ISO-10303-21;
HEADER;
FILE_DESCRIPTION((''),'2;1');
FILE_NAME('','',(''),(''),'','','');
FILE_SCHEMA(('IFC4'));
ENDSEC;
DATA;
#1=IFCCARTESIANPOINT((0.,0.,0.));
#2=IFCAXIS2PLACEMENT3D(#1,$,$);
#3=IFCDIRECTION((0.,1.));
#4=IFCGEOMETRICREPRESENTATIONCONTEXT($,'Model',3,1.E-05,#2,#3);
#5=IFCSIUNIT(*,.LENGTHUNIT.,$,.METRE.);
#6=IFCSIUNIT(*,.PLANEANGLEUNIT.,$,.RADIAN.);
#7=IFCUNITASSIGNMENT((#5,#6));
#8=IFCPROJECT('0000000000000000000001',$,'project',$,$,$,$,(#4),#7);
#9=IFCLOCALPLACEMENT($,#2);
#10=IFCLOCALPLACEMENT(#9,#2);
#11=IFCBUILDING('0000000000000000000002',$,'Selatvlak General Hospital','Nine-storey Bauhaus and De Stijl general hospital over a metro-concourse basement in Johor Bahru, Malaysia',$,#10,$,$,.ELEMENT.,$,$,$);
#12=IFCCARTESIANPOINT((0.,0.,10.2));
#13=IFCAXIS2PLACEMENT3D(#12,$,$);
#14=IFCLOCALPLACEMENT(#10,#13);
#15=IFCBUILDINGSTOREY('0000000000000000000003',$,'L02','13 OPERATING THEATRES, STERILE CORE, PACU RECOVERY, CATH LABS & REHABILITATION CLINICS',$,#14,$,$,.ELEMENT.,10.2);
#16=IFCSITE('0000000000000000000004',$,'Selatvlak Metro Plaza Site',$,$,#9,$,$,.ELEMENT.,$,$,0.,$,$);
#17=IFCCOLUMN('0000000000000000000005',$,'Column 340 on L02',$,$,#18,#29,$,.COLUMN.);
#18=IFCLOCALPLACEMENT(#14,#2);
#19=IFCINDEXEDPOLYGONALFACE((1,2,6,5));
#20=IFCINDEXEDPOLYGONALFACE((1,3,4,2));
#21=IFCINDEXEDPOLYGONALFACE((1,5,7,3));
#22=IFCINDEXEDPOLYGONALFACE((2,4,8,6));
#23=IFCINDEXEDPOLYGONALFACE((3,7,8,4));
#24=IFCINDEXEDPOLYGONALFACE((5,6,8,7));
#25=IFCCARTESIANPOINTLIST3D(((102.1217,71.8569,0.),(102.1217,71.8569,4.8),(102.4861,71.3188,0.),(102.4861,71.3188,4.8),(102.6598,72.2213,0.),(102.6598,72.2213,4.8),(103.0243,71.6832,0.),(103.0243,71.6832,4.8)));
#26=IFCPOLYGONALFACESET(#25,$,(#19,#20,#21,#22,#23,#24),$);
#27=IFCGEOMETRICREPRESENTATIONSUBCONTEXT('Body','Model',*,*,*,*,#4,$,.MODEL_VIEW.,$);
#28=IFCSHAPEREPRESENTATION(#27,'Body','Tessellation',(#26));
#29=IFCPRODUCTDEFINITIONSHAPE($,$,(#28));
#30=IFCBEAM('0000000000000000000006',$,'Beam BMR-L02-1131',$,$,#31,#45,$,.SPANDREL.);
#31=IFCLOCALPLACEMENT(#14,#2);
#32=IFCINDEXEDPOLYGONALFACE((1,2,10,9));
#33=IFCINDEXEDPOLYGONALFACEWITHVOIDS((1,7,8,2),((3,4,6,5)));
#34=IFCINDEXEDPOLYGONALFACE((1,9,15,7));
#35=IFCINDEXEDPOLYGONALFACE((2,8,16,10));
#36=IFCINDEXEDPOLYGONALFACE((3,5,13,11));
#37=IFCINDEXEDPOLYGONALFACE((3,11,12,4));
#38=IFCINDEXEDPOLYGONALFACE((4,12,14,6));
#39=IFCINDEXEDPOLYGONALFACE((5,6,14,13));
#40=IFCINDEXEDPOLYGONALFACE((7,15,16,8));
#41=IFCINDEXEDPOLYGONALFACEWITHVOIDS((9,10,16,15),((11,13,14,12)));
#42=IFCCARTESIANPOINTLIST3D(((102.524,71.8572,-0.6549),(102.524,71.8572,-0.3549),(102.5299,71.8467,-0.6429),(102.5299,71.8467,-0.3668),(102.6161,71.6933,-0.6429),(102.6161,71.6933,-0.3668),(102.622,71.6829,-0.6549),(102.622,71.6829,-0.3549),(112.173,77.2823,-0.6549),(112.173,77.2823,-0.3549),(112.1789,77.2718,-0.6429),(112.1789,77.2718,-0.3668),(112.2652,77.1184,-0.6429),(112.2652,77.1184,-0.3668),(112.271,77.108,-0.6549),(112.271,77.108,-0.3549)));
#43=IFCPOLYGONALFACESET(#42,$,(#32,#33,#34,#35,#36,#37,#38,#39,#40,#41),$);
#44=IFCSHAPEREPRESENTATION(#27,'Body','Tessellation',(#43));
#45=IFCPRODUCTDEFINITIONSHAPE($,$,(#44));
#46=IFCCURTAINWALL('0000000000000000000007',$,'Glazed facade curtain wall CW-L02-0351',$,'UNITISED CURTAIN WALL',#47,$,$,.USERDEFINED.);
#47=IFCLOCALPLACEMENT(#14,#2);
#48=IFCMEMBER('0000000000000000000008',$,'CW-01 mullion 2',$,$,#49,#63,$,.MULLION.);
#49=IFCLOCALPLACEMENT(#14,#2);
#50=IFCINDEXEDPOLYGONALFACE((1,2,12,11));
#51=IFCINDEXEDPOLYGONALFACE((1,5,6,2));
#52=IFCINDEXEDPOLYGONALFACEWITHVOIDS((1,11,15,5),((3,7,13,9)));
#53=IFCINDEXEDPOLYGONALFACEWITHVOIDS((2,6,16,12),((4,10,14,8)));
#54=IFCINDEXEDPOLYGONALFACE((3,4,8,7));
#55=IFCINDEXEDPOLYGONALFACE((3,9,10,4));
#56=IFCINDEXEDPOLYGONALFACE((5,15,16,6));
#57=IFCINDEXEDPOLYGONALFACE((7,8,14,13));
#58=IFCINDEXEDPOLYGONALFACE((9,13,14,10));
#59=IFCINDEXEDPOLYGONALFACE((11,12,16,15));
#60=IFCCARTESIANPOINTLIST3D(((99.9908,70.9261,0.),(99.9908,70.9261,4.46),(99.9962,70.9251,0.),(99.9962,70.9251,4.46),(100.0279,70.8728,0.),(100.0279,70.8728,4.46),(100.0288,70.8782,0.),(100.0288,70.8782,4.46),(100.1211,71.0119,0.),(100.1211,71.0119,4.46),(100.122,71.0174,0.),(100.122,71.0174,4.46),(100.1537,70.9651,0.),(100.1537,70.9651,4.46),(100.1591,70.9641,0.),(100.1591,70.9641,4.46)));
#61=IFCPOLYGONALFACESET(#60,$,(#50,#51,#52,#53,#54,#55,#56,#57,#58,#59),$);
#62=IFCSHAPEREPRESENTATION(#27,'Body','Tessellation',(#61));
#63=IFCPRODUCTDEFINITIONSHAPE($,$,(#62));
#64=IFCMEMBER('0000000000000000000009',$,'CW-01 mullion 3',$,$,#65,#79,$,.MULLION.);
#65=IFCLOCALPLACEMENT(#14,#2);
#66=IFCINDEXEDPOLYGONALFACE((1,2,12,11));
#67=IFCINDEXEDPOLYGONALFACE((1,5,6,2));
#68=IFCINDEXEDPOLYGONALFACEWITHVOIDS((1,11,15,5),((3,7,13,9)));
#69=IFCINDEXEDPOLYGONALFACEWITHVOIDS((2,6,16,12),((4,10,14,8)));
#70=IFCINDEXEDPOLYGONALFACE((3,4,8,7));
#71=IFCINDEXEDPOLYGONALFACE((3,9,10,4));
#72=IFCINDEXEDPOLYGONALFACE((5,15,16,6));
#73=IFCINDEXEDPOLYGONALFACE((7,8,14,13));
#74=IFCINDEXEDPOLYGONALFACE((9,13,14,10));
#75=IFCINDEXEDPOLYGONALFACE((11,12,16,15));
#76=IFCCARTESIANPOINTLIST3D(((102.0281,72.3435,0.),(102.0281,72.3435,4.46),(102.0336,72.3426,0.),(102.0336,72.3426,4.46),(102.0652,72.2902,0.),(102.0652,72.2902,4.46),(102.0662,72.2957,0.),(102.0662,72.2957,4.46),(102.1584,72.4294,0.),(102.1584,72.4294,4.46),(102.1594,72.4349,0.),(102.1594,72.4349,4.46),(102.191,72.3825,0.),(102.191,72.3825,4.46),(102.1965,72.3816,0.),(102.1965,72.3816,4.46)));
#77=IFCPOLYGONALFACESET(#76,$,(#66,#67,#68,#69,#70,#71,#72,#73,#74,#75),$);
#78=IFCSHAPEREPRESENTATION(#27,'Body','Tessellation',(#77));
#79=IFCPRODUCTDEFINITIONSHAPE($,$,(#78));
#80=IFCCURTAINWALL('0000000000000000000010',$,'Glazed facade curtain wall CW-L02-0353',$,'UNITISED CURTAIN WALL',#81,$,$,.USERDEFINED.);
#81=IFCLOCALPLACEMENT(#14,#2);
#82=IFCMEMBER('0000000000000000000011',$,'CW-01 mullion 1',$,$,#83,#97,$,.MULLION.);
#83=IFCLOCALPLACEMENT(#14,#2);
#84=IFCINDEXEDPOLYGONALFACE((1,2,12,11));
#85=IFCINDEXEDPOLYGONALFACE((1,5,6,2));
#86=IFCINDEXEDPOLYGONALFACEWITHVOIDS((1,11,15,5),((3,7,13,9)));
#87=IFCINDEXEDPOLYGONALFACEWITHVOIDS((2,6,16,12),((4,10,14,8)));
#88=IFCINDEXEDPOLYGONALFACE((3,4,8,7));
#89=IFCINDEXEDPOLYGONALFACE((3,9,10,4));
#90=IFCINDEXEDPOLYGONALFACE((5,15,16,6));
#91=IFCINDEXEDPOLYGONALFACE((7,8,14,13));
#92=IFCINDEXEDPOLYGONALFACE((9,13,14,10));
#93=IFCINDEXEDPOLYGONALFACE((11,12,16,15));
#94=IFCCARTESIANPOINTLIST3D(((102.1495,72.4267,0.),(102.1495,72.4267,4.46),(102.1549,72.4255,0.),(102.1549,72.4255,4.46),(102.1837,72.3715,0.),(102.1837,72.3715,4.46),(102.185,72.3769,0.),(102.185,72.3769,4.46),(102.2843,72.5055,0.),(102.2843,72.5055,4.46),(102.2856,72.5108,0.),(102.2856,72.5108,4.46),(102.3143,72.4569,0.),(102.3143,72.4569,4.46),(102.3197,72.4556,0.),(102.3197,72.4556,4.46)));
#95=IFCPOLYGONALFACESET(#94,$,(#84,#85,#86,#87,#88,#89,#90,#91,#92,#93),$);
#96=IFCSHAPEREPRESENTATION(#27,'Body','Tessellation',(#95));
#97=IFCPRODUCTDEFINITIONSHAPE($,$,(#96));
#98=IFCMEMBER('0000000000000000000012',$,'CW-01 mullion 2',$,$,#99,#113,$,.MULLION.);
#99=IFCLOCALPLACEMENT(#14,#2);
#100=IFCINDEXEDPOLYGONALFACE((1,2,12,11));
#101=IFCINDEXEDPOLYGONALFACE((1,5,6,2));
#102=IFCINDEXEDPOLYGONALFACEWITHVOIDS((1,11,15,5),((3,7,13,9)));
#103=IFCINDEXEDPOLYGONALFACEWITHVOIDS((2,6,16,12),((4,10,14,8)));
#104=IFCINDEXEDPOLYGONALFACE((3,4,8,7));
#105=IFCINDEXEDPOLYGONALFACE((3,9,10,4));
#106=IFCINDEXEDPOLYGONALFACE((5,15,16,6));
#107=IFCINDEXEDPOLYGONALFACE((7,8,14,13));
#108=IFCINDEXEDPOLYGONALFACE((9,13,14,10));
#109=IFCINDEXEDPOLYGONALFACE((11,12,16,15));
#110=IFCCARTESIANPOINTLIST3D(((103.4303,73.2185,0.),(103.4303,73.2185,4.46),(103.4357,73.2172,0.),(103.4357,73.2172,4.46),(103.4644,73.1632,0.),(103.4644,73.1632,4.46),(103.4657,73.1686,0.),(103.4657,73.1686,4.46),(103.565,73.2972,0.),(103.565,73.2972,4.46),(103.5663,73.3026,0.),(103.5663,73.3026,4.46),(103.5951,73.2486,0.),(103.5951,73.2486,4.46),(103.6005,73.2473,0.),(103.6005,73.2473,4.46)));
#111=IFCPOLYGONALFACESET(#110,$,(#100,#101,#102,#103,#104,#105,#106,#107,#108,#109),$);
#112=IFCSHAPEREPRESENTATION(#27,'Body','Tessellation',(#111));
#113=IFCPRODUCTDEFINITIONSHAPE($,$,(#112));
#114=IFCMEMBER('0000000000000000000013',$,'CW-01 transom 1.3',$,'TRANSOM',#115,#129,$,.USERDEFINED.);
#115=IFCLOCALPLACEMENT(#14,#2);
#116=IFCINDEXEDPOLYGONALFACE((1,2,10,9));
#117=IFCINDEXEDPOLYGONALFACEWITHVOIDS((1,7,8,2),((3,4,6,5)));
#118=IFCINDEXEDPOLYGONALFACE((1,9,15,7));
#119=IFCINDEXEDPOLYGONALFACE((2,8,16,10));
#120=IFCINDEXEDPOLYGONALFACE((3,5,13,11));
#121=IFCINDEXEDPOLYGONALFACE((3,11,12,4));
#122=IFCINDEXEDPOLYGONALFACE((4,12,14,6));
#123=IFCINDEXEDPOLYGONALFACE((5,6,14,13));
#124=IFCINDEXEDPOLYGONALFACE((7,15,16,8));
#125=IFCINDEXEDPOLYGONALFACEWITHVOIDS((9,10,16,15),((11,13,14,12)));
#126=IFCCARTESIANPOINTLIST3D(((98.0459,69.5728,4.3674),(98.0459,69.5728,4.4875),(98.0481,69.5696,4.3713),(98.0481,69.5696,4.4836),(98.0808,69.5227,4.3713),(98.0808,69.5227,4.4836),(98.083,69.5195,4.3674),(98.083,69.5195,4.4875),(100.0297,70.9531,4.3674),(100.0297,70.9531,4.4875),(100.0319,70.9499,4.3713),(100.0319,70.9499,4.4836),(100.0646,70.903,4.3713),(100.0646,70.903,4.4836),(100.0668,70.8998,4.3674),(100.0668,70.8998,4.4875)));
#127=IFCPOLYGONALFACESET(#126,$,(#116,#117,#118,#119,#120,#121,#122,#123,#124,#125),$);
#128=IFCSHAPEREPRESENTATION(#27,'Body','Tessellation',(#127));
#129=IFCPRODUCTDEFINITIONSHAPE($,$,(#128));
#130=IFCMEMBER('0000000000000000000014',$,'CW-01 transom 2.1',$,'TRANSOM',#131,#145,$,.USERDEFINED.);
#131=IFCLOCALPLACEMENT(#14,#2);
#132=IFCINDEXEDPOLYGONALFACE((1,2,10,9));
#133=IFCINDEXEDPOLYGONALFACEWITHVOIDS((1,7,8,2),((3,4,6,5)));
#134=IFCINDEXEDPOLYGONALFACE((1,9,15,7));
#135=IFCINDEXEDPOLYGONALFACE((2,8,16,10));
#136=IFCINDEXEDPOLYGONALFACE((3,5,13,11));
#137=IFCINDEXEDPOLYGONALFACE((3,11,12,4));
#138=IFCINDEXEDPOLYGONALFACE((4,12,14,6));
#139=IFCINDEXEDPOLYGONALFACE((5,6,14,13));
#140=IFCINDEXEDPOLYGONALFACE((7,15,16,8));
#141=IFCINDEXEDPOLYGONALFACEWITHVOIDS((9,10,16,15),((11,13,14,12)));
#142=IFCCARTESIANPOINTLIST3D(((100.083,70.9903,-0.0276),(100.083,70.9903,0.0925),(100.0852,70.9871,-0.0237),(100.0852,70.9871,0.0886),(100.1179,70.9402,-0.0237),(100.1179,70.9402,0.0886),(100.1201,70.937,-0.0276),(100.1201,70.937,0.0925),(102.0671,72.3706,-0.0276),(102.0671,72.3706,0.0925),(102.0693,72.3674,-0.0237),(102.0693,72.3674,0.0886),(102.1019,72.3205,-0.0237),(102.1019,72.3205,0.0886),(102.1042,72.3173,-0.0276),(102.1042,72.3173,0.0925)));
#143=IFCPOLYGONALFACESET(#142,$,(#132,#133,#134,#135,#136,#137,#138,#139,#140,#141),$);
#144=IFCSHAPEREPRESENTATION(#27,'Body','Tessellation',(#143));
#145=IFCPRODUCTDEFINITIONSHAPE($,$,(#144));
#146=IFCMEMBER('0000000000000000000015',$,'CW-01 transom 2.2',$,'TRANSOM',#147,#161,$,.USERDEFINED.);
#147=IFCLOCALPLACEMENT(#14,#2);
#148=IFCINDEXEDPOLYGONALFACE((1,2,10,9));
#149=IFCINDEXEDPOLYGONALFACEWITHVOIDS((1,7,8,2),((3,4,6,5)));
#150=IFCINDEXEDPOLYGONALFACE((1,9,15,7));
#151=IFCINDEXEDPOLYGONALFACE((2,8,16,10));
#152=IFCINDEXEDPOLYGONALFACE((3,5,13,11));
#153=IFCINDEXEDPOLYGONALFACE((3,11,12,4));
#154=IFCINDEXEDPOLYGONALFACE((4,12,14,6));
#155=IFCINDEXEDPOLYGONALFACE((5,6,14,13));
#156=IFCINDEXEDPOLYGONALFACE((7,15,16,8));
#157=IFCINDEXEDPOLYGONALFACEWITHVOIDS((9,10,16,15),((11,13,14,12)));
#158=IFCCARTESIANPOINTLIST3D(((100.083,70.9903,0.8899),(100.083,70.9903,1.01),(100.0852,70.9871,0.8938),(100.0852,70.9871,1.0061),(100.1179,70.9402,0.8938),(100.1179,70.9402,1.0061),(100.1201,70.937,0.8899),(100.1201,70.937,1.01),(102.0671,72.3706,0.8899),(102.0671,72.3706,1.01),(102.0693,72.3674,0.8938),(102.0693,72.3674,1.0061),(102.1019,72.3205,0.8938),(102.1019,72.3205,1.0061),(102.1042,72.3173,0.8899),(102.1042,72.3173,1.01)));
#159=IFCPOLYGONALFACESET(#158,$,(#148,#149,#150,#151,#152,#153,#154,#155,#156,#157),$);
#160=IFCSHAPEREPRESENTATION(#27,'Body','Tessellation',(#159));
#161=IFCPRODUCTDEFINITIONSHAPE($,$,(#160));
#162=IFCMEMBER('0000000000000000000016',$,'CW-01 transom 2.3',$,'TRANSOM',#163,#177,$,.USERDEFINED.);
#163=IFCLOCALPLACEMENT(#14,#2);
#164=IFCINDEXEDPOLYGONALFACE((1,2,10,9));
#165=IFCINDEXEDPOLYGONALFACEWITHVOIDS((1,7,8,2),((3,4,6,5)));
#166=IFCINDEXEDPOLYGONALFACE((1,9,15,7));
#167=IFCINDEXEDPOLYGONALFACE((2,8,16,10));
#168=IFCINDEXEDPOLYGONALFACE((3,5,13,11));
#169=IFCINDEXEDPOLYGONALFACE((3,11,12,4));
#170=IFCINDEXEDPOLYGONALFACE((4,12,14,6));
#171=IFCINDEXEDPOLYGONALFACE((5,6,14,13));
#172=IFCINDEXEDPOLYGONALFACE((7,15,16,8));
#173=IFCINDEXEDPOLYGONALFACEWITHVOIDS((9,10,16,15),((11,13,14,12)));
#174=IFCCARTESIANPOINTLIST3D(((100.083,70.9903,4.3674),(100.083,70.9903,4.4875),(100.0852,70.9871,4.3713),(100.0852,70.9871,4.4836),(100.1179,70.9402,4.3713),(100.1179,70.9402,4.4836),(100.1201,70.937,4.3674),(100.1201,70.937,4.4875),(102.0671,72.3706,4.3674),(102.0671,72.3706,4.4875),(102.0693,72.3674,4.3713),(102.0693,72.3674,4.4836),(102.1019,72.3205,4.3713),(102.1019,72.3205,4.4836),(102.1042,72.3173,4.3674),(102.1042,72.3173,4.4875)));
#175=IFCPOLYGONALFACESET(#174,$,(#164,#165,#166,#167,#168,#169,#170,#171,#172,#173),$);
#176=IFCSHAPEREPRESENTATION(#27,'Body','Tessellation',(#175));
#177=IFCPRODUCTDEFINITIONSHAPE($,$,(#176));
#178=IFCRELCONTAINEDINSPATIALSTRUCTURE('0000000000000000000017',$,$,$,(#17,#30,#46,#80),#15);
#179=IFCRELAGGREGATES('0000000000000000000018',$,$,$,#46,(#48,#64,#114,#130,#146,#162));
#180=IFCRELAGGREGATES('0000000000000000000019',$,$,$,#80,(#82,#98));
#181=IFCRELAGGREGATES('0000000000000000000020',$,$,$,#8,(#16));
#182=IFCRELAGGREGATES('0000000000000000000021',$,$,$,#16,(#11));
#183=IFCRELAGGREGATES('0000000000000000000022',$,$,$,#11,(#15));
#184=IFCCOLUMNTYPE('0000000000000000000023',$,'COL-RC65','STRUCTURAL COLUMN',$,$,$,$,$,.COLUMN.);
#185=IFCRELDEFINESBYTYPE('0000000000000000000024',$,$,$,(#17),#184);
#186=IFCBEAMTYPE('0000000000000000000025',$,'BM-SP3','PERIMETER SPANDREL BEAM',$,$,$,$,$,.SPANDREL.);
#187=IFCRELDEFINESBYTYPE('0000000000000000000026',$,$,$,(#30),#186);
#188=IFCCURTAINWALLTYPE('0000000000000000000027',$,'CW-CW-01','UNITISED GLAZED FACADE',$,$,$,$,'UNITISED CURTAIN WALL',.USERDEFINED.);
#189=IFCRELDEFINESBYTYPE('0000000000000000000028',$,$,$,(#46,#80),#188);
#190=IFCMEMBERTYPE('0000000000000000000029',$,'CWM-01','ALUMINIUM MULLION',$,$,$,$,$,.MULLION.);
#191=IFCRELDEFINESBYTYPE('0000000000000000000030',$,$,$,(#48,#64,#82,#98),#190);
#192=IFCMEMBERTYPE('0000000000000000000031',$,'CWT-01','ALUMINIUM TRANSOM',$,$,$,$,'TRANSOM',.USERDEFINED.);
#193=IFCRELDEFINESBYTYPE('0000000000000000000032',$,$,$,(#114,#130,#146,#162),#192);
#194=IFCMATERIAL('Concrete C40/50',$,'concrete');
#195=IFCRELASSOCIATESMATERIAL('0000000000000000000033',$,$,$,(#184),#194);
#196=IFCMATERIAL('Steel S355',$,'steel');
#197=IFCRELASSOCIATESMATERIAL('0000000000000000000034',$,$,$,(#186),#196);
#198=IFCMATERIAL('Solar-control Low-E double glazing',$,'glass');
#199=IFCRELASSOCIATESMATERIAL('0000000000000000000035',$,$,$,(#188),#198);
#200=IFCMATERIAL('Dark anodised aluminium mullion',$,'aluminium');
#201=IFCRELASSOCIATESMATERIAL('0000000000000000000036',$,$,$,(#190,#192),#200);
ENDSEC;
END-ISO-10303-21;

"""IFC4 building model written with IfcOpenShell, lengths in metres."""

from ifc_helpers import new_model, si_unit, direction, frame, origin, origin_2d, place, context, subcontext, project, spatial, rectangle, hollow_rectangle, extrude, material, material_profile, profile_set, type_object, element, aggregate, save


model = new_model("IFC4")

# Units and contexts
model_context = context("Model", 3, precision=1e-05, world=origin(), true_north=direction((0.0, 1.0)))
body_context = subcontext(model_context, "Body", "Model", "MODEL_VIEW")
ifc_project = project(units=[si_unit("LENGTHUNIT", "METRE"), si_unit("PLANEANGLEUNIT", "RADIAN")], contexts=[model_context])

# Site, building, storey
site_placement = place(None, origin())
site = spatial("IfcSite", under=ifc_project, at=site_placement, Name="Selatvlak Metro Plaza Site", CompositionType="ELEMENT", RefElevation=0.0)
building_placement = place(site_placement, origin())
building = spatial("IfcBuilding", under=site, at=building_placement, Name="Selatvlak General Hospital", Description="Nine-storey Bauhaus and De Stijl general hospital over a metro-concourse basement in Johor Bahru, Malaysia", CompositionType="ELEMENT")
storey_placement = place(building_placement, frame((0.0, 0.0, 10.2)))
storey = spatial("IfcBuildingStorey", under=building, at=storey_placement, Name="L02", Description="13 OPERATING THEATRES, STERILE CORE, PACU RECOVERY, CATH LABS & REHABILITATION CLINICS", CompositionType="ELEMENT", Elevation=10.2)

# Column
ifc_material_1 = material(Name="Concrete C40/50", Category="concrete")
ifc_material_profile_1 = material_profile(ifc_material_1, rectangle(XDim=0.6499, YDim=0.6499, at=origin_2d()), Name="RC-COL 650x650")
ifc_profile_set_1 = profile_set([ifc_material_profile_1], Name="Concrete C40/50")
column_type = type_object("IfcColumnType", Name="COL-RC65", Description="STRUCTURAL COLUMN", PredefinedType="COLUMN", material=ifc_profile_set_1)
column_placement = place(storey_placement, frame((102.573, 71.77, 0.0), z_axis=(0.0, 0.0, 1.0), x_axis=(-0.560726, 0.828002, 0.0)))
element("IfcColumn", 1, at=column_placement, inside=storey, type_object=column_type, Name="Column 340 on L02", PredefinedType="COLUMN", context=body_context, shape_type="SweptSolid", body=[
    extrude(rectangle(XDim=0.6499, YDim=0.6499, at=origin_2d()), origin(), (0.0, 0.0, 1.0), 4.8),
])

# Beam
ifc_material_2 = material(Name="Steel S355", Category="steel")
ifc_material_profile_2 = material_profile(ifc_material_2, hollow_rectangle(XDim=0.2, YDim=0.3, WallThickness=0.012, at=origin_2d()), Name="RHS 300x200x12")
ifc_profile_set_2 = profile_set([ifc_material_profile_2], Name="Steel S355")
beam_type = type_object("IfcBeamType", Name="BM-SP3", Description="PERIMETER SPANDREL BEAM", PredefinedType="SPANDREL", material=ifc_profile_set_2)
beam_placement = place(storey_placement, frame((102.573, 71.77, -0.5049), z_axis=(0.871671, 0.490092, 0.0), x_axis=(-0.490092, 0.871671, 0.0)))
element("IfcBeam", 2, at=beam_placement, inside=storey, type_object=beam_type, Name="Beam BMR-L02-1131", PredefinedType="SPANDREL", context=body_context, shape_type="SweptSolid", body=[
    extrude(hollow_rectangle(XDim=0.2, YDim=0.3, WallThickness=0.012, at=origin_2d()), origin(), (0.0, 0.0, 1.0), 11.0696),
])

# Curtain walls, members
ifc_material_3 = material(Name="Solar-control Low-E double glazing", Category="glass")
curtain_wall_type = type_object("IfcCurtainWallType", Name="CW-CW-01", Description="UNITISED GLAZED FACADE", ElementType="UNITISED CURTAIN WALL", PredefinedType="USERDEFINED", material=ifc_material_3)
curtain_wall_1_placement = place(storey_placement, origin())
curtain_wall_1 = element("IfcCurtainWall", 3, at=curtain_wall_1_placement, inside=storey, type_object=curtain_wall_type, Name="Glazed facade curtain wall CW-L02-0351", ObjectType="UNITISED CURTAIN WALL", PredefinedType="USERDEFINED")
ifc_material_4 = material(Name="Dark anodised aluminium mullion", Category="aluminium")
ifc_material_profile_3 = material_profile(ifc_material_4, hollow_rectangle(XDim=0.0649, YDim=0.1599, WallThickness=0.0039, at=origin_2d()), Name="AL-MUL 65x160x4")
ifc_profile_set_3 = profile_set([ifc_material_profile_3], Name="Dark anodised aluminium mullion")
member_type_1 = type_object("IfcMemberType", Name="CWM-01", Description="ALUMINIUM MULLION", PredefinedType="MULLION", material=ifc_profile_set_3)
member_1_placement = place(storey_placement, frame((100.075, 70.9451, 0.0), z_axis=(0.0, 0.0, 1.0), x_axis=(-0.571111, 0.820873, 0.0)))
member_1 = element("IfcMember", 4, at=member_1_placement, type_object=member_type_1, Name="CW-01 mullion 2", PredefinedType="MULLION", context=body_context, shape_type="SweptSolid", body=[
    extrude(hollow_rectangle(XDim=0.0649, YDim=0.1599, WallThickness=0.0039, at=origin_2d()), origin(), (0.0, 0.0, 1.0), 4.46),
])
member_2_placement = place(storey_placement, frame((102.1123, 72.3625, 0.0), z_axis=(0.0, 0.0, 1.0), x_axis=(-0.571111, 0.820873, 0.0)))
member_2 = element("IfcMember", 5, at=member_2_placement, type_object=member_type_1, Name="CW-01 mullion 3", PredefinedType="MULLION", context=body_context, shape_type="SweptSolid", body=[
    extrude(hollow_rectangle(XDim=0.0649, YDim=0.1599, WallThickness=0.0039, at=origin_2d()), origin(), (0.0, 0.0, 1.0), 4.46),
])
curtain_wall_2_placement = place(storey_placement, origin())
curtain_wall_2 = element("IfcCurtainWall", 6, at=curtain_wall_2_placement, inside=storey, type_object=curtain_wall_type, Name="Glazed facade curtain wall CW-L02-0353", ObjectType="UNITISED CURTAIN WALL", PredefinedType="USERDEFINED")
member_3_placement = place(storey_placement, frame((102.2346, 72.4412, 0.0), z_axis=(0.0, 0.0, 1.0), x_axis=(-0.525872, 0.850564, 0.0)))
member_3 = element("IfcMember", 7, at=member_3_placement, type_object=member_type_1, Name="CW-01 mullion 1", PredefinedType="MULLION", context=body_context, shape_type="SweptSolid", body=[
    extrude(hollow_rectangle(XDim=0.0649, YDim=0.1599, WallThickness=0.0039, at=origin_2d()), origin(), (0.0, 0.0, 1.0), 4.46),
])
member_4_placement = place(storey_placement, frame((103.5154, 73.2329, 0.0), z_axis=(0.0, 0.0, 1.0), x_axis=(-0.525872, 0.850564, 0.0)))
member_4 = element("IfcMember", 8, at=member_4_placement, type_object=member_type_1, Name="CW-01 mullion 2", PredefinedType="MULLION", context=body_context, shape_type="SweptSolid", body=[
    extrude(hollow_rectangle(XDim=0.0649, YDim=0.1599, WallThickness=0.0039, at=origin_2d()), origin(), (0.0, 0.0, 1.0), 4.46),
])

# Members
ifc_material_profile_4 = material_profile(ifc_material_4, hollow_rectangle(XDim=0.0649, YDim=0.1201, WallThickness=0.0039, at=origin_2d()), Name="AL-TRN 65x120x4")
ifc_profile_set_4 = profile_set([ifc_material_profile_4], Name="Dark anodised aluminium mullion")
member_type_2 = type_object("IfcMemberType", Name="CWT-01", Description="ALUMINIUM TRANSOM", ElementType="TRANSOM", PredefinedType="USERDEFINED", material=ifc_profile_set_4)
member_5_placement = place(storey_placement, frame((98.0645, 69.5461, 4.4275), z_axis=(0.820852, 0.571141, 0.0), x_axis=(-0.571141, 0.820852, 0.0)))
member_5 = element("IfcMember", 9, at=member_5_placement, type_object=member_type_2, Name="CW-01 transom 1.3", ObjectType="TRANSOM", PredefinedType="USERDEFINED", context=body_context, shape_type="SweptSolid", body=[
    extrude(hollow_rectangle(XDim=0.0649, YDim=0.1201, WallThickness=0.0039, at=origin_2d()), origin(), (0.0, 0.0, 1.0), 2.4167),
])
member_6_placement = place(storey_placement, frame((100.1016, 70.9636, 0.0325), z_axis=(0.820885, 0.571094, 0.0), x_axis=(-0.571094, 0.820885, 0.0)))
member_6 = element("IfcMember", 10, at=member_6_placement, type_object=member_type_2, Name="CW-01 transom 2.1", ObjectType="TRANSOM", PredefinedType="USERDEFINED", context=body_context, shape_type="SweptSolid", body=[
    extrude(hollow_rectangle(XDim=0.0649, YDim=0.1201, WallThickness=0.0039, at=origin_2d()), origin(), (0.0, 0.0, 1.0), 2.417),
])
member_7_placement = place(storey_placement, frame((100.1016, 70.9636, 0.95), z_axis=(0.820885, 0.571094, 0.0), x_axis=(-0.571094, 0.820885, 0.0)))
member_7 = element("IfcMember", 11, at=member_7_placement, type_object=member_type_2, Name="CW-01 transom 2.2", ObjectType="TRANSOM", PredefinedType="USERDEFINED", context=body_context, shape_type="SweptSolid", body=[
    extrude(hollow_rectangle(XDim=0.0649, YDim=0.1201, WallThickness=0.0039, at=origin_2d()), origin(), (0.0, 0.0, 1.0), 2.417),
])
member_8_placement = place(storey_placement, frame((100.1016, 70.9636, 4.4275), z_axis=(0.820885, 0.571094, 0.0), x_axis=(-0.571094, 0.820885, 0.0)))
member_8 = element("IfcMember", 12, at=member_8_placement, type_object=member_type_2, Name="CW-01 transom 2.3", ObjectType="TRANSOM", PredefinedType="USERDEFINED", context=body_context, shape_type="SweptSolid", body=[
    extrude(hollow_rectangle(XDim=0.0649, YDim=0.1201, WallThickness=0.0039, at=origin_2d()), origin(), (0.0, 0.0, 1.0), 2.417),
])

aggregate(curtain_wall_1, [member_1, member_2, member_5, member_6, member_7, member_8])
aggregate(curtain_wall_2, [member_3, member_4])

save(model, "model.ifc")
